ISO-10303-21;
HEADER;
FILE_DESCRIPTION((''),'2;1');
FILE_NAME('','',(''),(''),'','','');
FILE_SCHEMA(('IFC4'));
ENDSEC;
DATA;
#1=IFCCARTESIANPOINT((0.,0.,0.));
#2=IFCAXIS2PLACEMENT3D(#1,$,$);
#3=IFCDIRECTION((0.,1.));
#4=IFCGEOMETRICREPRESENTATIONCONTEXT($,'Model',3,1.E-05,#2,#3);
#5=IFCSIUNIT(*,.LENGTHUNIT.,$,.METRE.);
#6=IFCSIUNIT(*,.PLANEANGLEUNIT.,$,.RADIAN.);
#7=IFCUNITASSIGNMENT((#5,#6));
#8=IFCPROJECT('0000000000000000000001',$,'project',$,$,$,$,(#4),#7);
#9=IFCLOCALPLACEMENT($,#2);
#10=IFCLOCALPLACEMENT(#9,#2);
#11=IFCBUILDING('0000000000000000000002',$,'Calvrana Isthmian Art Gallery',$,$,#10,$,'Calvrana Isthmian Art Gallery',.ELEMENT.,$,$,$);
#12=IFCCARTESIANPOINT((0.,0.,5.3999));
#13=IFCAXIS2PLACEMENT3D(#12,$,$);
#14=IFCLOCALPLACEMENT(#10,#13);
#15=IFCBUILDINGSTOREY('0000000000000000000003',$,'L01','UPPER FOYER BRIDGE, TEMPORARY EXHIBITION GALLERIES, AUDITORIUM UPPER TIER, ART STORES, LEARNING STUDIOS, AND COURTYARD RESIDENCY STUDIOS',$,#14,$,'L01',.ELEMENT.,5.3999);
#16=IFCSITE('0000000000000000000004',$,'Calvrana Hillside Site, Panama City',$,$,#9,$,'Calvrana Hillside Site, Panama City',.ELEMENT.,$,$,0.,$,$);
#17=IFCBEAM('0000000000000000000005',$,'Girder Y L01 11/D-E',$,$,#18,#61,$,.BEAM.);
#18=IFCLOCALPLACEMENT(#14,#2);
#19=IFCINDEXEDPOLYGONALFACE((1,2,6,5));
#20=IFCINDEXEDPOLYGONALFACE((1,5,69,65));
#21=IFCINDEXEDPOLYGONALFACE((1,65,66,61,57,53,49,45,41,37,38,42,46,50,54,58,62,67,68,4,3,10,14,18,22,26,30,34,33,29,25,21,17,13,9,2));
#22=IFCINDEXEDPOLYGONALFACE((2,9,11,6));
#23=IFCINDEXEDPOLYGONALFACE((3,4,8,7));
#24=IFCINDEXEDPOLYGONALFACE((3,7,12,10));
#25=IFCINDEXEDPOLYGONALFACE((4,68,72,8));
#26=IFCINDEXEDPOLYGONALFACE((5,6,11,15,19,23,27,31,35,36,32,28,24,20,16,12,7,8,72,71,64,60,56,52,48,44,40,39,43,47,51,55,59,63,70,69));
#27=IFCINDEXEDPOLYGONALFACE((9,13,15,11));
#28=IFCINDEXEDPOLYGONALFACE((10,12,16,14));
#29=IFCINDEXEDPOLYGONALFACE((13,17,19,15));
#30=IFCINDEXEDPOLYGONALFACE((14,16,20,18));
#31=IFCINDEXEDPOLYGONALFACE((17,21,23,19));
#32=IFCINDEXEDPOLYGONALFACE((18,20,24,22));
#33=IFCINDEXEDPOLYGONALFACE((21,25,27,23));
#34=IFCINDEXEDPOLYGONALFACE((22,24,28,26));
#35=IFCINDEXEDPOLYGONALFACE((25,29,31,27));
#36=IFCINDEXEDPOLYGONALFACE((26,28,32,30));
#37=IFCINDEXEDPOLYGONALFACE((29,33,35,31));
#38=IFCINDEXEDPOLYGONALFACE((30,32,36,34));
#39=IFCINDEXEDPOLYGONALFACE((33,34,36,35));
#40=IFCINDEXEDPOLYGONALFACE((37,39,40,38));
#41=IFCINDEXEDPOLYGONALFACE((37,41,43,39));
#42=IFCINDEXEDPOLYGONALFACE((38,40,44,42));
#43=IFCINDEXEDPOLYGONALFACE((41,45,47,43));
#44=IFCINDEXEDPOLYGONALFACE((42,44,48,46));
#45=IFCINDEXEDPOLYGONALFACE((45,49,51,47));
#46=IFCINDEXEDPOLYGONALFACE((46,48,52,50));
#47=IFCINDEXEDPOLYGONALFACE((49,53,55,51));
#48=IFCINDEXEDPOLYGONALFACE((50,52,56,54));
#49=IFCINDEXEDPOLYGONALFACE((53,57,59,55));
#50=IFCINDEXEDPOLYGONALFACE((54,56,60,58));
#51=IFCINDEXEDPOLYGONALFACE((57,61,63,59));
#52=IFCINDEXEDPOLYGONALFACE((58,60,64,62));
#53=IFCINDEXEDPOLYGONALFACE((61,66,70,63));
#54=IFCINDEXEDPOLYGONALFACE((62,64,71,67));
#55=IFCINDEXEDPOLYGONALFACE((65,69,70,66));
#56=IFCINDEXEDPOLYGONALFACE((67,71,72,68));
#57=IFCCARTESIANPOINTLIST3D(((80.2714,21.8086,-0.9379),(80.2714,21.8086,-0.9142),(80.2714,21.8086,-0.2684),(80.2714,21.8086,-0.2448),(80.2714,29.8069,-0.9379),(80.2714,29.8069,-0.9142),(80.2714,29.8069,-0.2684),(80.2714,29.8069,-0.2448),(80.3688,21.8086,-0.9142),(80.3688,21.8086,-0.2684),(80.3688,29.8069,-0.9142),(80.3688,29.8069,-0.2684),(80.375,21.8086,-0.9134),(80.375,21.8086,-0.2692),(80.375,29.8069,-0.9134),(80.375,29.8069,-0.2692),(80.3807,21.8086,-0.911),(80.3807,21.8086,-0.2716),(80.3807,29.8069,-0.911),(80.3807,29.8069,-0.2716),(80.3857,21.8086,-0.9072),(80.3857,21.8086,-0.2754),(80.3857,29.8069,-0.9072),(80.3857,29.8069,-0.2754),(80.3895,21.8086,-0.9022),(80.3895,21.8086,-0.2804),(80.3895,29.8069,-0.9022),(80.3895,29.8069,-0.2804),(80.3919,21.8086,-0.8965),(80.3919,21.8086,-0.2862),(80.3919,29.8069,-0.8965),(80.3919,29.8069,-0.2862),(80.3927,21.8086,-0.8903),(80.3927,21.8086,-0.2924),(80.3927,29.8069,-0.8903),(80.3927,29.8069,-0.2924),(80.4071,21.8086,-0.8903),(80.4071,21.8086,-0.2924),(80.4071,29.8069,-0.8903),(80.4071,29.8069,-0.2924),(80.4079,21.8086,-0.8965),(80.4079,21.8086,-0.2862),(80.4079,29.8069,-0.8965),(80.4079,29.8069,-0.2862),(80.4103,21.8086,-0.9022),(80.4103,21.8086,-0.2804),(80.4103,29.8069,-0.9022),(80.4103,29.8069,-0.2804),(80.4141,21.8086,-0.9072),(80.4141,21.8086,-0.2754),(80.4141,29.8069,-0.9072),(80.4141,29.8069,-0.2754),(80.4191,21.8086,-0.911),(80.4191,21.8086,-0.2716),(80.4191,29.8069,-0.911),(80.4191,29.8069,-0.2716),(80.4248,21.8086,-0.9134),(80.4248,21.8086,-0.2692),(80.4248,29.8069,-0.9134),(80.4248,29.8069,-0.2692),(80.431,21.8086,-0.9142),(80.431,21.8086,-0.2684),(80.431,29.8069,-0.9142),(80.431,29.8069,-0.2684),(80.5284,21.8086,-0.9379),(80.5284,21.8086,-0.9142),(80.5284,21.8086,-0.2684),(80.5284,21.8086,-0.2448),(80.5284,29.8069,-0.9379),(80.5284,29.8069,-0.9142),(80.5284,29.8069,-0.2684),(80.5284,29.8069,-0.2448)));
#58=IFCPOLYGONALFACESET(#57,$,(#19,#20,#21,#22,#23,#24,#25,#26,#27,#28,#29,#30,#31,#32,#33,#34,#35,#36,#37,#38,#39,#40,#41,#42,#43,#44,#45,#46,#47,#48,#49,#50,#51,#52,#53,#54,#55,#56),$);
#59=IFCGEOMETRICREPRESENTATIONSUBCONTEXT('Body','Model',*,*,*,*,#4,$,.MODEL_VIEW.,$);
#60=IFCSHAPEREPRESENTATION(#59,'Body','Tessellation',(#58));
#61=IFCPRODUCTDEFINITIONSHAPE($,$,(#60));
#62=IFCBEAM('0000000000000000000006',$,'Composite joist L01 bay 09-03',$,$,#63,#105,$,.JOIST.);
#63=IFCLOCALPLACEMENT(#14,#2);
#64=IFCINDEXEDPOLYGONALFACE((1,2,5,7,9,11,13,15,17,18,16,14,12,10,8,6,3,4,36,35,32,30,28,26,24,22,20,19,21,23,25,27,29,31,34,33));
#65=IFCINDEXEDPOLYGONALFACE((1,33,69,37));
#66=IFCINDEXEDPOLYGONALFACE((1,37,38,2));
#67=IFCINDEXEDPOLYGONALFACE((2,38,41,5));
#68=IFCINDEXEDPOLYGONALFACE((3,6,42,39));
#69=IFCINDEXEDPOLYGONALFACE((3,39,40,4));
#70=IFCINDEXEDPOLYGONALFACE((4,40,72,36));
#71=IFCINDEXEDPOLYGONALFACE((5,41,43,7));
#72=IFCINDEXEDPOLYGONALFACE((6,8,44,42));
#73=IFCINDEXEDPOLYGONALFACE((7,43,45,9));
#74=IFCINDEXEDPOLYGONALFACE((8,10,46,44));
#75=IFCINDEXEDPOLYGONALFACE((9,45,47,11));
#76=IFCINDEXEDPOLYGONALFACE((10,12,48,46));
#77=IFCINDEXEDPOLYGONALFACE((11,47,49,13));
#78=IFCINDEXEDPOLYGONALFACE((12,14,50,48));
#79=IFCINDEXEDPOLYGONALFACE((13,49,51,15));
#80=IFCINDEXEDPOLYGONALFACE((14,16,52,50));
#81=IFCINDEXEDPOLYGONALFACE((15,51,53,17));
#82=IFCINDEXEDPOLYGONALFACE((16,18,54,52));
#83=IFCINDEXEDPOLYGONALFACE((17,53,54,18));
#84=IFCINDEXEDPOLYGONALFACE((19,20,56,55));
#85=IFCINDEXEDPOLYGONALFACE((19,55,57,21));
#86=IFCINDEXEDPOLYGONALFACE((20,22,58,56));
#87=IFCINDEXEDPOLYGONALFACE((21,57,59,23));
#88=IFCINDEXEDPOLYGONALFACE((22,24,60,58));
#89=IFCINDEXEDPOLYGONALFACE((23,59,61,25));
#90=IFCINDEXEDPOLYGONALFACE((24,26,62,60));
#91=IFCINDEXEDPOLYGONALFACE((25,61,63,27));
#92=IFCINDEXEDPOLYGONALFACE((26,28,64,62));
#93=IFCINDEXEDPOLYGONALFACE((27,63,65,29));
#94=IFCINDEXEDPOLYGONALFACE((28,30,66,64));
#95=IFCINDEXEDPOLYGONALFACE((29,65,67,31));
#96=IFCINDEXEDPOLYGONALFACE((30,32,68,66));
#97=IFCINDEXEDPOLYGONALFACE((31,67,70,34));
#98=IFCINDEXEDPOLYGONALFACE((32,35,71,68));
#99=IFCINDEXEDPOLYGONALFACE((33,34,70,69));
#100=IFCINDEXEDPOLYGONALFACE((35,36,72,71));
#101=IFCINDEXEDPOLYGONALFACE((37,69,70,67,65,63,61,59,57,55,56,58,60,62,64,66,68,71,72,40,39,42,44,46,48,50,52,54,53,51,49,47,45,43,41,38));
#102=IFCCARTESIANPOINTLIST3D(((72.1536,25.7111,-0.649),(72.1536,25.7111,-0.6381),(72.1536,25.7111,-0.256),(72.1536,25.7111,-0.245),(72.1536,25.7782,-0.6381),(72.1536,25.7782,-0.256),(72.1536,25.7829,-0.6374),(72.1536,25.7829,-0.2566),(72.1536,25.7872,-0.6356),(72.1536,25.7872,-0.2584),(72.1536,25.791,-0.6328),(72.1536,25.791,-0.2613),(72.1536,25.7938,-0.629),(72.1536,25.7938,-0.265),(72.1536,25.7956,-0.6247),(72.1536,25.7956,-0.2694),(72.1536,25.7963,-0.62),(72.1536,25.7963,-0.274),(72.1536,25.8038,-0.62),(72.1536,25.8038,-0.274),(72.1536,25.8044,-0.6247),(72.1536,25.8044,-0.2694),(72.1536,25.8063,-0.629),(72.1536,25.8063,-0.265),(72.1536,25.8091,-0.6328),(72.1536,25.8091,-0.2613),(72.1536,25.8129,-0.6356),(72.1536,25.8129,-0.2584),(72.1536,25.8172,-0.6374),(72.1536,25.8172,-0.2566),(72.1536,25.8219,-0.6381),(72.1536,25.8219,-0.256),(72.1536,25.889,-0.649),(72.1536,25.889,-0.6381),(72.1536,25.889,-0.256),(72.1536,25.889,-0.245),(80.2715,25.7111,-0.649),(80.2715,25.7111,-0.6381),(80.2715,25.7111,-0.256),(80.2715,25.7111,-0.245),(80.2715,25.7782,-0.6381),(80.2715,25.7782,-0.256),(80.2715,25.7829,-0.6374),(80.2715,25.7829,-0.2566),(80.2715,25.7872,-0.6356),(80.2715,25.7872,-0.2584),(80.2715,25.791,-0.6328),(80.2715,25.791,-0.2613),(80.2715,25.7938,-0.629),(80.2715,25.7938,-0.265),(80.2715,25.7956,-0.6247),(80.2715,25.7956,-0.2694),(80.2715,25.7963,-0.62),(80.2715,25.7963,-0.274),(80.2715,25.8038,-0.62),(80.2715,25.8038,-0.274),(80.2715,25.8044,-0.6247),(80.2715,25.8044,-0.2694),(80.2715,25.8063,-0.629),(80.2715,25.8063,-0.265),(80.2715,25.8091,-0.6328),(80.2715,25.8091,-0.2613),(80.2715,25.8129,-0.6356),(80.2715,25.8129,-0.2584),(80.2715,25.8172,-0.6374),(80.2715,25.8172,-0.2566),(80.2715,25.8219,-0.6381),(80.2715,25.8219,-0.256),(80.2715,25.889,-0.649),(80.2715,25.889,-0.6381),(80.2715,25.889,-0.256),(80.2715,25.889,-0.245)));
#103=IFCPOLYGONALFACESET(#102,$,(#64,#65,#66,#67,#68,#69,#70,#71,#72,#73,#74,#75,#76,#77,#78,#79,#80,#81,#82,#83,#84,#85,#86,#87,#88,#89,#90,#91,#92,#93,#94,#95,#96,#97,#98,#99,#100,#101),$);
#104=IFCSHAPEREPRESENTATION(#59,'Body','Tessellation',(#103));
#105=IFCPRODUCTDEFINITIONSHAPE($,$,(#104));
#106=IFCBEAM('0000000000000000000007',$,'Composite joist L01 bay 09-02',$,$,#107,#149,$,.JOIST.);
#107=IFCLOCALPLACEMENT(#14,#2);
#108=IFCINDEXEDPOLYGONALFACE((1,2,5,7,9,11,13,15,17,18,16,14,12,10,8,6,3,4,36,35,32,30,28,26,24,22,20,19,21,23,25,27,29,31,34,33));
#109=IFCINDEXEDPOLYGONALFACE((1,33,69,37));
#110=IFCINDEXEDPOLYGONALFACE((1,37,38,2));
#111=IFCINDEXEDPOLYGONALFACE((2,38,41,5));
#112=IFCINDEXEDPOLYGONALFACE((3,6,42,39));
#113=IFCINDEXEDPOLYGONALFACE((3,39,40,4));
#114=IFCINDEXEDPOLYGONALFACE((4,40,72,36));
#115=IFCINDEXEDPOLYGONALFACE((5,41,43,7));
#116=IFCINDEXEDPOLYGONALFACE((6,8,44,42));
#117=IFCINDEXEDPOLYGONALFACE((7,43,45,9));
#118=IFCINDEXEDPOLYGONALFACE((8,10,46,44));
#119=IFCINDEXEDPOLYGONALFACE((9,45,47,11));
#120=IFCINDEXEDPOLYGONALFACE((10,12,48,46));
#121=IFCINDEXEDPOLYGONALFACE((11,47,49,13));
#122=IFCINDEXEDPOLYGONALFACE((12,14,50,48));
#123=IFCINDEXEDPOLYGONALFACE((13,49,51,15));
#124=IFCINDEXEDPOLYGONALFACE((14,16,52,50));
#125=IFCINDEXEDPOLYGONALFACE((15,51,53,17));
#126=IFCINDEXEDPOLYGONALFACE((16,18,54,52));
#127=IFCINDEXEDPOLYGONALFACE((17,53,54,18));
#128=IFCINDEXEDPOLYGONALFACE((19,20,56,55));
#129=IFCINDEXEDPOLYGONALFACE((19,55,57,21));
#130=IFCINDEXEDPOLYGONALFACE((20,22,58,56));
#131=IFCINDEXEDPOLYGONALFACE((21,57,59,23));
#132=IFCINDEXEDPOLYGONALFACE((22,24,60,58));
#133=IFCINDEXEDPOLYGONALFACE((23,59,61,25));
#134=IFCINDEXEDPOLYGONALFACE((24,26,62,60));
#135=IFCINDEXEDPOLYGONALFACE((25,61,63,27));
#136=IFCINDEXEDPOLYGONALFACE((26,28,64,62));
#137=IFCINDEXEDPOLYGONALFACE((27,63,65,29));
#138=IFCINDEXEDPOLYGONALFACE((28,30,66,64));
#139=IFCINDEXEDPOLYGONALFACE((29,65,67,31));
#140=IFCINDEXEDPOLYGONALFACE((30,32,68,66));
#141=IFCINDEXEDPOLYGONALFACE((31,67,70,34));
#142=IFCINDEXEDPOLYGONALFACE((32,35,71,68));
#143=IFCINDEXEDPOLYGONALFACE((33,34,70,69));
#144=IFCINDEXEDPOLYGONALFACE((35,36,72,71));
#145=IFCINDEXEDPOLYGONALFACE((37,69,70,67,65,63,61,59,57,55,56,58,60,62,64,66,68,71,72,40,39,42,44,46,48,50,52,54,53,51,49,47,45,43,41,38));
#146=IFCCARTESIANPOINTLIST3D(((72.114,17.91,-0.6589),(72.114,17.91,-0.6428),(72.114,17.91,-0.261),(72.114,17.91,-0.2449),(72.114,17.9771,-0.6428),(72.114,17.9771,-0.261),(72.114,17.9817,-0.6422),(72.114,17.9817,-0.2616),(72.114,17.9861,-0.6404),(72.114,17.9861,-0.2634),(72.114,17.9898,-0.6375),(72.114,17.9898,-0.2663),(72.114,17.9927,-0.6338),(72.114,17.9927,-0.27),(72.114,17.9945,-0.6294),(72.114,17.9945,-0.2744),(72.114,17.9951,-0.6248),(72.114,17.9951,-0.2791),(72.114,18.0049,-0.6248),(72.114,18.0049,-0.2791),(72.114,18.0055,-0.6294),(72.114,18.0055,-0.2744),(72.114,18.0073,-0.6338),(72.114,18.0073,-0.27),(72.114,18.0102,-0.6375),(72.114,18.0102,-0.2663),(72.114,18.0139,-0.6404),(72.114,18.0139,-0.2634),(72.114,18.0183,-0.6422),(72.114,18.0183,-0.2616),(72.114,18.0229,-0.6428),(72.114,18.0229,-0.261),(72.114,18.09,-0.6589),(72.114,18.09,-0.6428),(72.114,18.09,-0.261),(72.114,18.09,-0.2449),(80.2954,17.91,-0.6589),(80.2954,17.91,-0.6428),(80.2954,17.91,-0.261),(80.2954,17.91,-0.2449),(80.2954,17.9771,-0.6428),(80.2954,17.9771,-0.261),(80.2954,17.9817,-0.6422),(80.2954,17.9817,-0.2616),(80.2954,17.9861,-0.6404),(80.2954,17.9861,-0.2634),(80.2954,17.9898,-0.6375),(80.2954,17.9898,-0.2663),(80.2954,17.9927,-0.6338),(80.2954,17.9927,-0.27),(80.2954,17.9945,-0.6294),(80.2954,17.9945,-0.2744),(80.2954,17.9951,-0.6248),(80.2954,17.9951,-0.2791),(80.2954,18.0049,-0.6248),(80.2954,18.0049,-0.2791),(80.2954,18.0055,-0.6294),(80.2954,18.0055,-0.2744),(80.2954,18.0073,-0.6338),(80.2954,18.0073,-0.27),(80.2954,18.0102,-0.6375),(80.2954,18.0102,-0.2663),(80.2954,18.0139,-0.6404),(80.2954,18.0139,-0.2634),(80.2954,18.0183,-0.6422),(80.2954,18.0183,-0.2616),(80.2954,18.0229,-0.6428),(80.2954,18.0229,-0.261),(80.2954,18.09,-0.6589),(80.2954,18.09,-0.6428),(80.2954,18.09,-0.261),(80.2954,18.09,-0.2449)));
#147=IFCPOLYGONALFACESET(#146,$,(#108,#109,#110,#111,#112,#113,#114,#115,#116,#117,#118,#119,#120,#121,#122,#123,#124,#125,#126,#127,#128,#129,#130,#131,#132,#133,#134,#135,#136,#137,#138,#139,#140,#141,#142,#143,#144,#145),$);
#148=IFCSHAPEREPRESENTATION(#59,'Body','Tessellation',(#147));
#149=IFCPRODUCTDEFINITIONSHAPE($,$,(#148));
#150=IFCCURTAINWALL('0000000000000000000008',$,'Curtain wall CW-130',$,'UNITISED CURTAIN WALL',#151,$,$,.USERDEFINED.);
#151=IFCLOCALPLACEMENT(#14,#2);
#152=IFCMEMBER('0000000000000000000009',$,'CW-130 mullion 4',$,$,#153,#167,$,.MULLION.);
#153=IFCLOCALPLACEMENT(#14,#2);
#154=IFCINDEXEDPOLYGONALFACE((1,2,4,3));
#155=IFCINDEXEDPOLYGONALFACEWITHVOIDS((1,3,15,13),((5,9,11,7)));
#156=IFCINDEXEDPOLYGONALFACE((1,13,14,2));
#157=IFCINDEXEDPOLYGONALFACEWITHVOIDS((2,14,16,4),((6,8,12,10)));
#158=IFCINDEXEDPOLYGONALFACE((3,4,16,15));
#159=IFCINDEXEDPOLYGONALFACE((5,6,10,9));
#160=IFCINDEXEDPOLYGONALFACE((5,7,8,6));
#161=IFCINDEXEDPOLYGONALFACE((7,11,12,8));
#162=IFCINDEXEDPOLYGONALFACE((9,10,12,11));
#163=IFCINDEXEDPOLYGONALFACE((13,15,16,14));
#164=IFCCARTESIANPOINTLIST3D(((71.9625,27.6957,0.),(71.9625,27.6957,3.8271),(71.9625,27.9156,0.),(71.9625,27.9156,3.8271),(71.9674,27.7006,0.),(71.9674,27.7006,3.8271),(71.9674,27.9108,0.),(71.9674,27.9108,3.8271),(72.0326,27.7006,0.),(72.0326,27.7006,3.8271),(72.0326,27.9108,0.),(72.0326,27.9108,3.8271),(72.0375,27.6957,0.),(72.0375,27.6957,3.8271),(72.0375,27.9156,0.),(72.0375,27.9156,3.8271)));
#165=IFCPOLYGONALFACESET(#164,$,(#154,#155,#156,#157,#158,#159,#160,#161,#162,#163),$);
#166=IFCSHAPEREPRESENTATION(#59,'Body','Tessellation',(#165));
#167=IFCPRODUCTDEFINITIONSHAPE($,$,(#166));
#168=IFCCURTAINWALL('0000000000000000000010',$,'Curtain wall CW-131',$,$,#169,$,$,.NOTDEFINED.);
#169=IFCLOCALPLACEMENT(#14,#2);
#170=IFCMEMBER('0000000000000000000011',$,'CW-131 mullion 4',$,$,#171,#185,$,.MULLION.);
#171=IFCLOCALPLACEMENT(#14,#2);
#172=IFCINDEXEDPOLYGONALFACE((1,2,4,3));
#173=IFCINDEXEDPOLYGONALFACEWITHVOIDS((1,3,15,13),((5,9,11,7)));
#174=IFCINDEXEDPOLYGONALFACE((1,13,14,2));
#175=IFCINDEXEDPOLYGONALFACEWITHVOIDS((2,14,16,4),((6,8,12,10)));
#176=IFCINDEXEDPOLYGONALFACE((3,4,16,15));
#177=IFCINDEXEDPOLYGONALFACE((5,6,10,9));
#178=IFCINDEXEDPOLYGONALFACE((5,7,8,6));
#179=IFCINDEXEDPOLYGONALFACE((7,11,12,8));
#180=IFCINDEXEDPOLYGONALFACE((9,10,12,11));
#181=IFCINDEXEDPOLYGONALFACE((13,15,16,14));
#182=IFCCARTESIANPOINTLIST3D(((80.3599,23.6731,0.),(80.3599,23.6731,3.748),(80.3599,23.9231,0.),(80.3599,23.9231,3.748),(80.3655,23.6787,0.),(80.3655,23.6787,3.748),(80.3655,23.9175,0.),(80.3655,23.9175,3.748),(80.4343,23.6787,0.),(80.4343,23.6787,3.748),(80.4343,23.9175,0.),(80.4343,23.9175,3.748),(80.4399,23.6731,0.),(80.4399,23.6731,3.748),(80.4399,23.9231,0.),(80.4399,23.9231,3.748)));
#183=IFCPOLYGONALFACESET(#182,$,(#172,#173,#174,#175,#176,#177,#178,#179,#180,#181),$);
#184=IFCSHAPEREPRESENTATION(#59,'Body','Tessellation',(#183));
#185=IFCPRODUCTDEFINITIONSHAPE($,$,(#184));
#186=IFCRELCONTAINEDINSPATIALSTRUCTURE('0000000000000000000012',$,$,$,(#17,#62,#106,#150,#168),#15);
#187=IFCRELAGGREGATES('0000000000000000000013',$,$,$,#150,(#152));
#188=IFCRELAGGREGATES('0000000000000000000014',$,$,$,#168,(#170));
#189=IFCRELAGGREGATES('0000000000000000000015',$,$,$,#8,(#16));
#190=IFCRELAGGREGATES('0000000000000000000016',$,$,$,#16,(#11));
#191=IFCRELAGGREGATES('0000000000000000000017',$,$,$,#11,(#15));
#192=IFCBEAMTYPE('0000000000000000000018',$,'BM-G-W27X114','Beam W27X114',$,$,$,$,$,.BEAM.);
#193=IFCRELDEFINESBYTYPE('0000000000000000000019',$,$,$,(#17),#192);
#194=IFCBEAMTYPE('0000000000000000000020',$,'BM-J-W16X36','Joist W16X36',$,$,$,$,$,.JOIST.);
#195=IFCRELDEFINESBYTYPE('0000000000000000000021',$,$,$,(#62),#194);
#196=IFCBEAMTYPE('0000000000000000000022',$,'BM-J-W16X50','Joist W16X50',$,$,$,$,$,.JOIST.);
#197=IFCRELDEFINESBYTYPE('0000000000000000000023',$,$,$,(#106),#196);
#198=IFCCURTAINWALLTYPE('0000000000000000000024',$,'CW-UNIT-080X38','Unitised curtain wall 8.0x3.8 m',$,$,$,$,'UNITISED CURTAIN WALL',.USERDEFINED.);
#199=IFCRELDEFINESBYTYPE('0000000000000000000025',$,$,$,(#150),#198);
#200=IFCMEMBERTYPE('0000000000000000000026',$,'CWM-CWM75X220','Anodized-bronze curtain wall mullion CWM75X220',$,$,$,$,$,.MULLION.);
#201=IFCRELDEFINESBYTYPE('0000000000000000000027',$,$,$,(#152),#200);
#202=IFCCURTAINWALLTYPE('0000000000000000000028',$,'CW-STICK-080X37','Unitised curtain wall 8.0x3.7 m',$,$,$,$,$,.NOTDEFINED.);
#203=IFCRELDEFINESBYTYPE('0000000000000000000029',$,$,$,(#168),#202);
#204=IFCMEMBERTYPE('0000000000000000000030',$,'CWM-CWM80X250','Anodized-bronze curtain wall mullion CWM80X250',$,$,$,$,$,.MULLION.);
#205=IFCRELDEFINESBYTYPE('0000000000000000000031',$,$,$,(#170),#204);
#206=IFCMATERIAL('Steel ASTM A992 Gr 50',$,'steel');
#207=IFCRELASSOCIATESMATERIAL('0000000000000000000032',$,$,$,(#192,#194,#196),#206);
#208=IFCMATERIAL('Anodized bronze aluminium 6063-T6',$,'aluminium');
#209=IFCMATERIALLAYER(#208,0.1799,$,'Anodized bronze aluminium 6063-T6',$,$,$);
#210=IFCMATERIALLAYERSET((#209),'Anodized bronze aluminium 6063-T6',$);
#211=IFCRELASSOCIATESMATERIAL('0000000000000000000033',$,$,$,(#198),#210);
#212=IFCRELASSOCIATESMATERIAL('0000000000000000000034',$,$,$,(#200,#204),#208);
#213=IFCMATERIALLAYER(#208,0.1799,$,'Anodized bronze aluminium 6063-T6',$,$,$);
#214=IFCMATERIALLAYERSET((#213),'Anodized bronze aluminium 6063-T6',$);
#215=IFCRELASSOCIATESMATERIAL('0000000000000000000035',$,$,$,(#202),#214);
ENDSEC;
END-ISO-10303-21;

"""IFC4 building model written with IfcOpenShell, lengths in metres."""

from ifc_helpers import new_model, si_unit, direction, frame, origin, origin_2d, place, context, subcontext, project, spatial, hollow_rectangle, i_section, extrude, material, layer, layer_set, material_profile, profile_set, type_object, element, aggregate, save


model = new_model("IFC4")

# Units and contexts
model_context = context("Model", 3, precision=1e-05, world=origin(), true_north=direction((0.0, 1.0)))
body_context = subcontext(model_context, "Body", "Model", "MODEL_VIEW")
ifc_project = project(units=[si_unit("LENGTHUNIT", "METRE"), si_unit("PLANEANGLEUNIT", "RADIAN")], contexts=[model_context])

# Site, building, storey
site_placement = place(None, origin())
site = spatial("IfcSite", under=ifc_project, at=site_placement, Name="Calvrana Hillside Site, Panama City", LongName="Calvrana Hillside Site, Panama City", CompositionType="ELEMENT", RefElevation=0.0)
building_placement = place(site_placement, origin())
building = spatial("IfcBuilding", under=site, at=building_placement, Name="Calvrana Isthmian Art Gallery", LongName="Calvrana Isthmian Art Gallery", CompositionType="ELEMENT")
storey_placement = place(building_placement, frame((0.0, 0.0, 5.3999)))
storey = spatial("IfcBuildingStorey", under=building, at=storey_placement, Name="L01", Description="UPPER FOYER BRIDGE, TEMPORARY EXHIBITION GALLERIES, AUDITORIUM UPPER TIER, ART STORES, LEARNING STUDIOS, AND COURTYARD RESIDENCY STUDIOS", LongName="L01", CompositionType="ELEMENT", Elevation=5.3999)

# Shared definitions
ifc_material_1 = material(Name="Steel ASTM A992 Gr 50", Category="steel")

# Beams
ifc_material_profile_1 = material_profile(ifc_material_1, i_section(OverallWidth=0.2571, OverallDepth=0.6931, WebThickness=0.0144, FlangeThickness=0.0237, FilletRadius=0.0239, at=origin_2d()), Name="W27X114")
ifc_profile_set_1 = profile_set([ifc_material_profile_1], Name="Steel ASTM A992 Gr 50")
beam_type_1 = type_object("IfcBeamType", Name="BM-G-W27X114", Description="Beam W27X114", PredefinedType="BEAM", material=ifc_profile_set_1)
beam_1_placement = place(storey_placement, frame((80.3999, 21.8086, -0.5913), z_axis=(0.0, 1.0, 0.0), x_axis=(-1.0, 0.0, 0.0)))
element("IfcBeam", 1, at=beam_1_placement, inside=storey, type_object=beam_type_1, Name="Girder Y L01 11/D-E", PredefinedType="BEAM", context=body_context, shape_type="SweptSolid", body=[
    extrude(i_section(OverallWidth=0.2571, OverallDepth=0.6931, WebThickness=0.0144, FlangeThickness=0.0237, FilletRadius=0.0239, at=origin_2d()), origin(), (0.0, 0.0, 1.0), 7.9983),
])
ifc_material_profile_2 = material_profile(ifc_material_1, i_section(OverallWidth=0.178, OverallDepth=0.4041, WebThickness=0.0076, FlangeThickness=0.011, FilletRadius=0.0181, at=origin_2d()), Name="W16X36")
ifc_profile_set_2 = profile_set([ifc_material_profile_2], Name="Steel ASTM A992 Gr 50")
beam_type_2 = type_object("IfcBeamType", Name="BM-J-W16X36", Description="Joist W16X36", PredefinedType="JOIST", material=ifc_profile_set_2)
beam_2_placement = place(storey_placement, frame((72.1536, 25.8, -0.447), z_axis=(1.0, 0.0, 0.0), x_axis=(0.0, 1.0, 0.0)))
element("IfcBeam", 2, at=beam_2_placement, inside=storey, type_object=beam_type_2, Name="Composite joist L01 bay 09-03", PredefinedType="JOIST", context=body_context, shape_type="SweptSolid", body=[
    extrude(i_section(OverallWidth=0.178, OverallDepth=0.4041, WebThickness=0.0076, FlangeThickness=0.011, FilletRadius=0.0181, at=origin_2d()), origin(), (0.0, 0.0, 1.0), 8.1179),
])
ifc_material_profile_3 = material_profile(ifc_material_1, i_section(OverallWidth=0.1799, OverallDepth=0.4141, WebThickness=0.0098, FlangeThickness=0.0161, FilletRadius=0.0181, at=origin_2d()), Name="W16X50")
ifc_profile_set_3 = profile_set([ifc_material_profile_3], Name="Steel ASTM A992 Gr 50")
beam_type_3 = type_object("IfcBeamType", Name="BM-J-W16X50", Description="Joist W16X50", PredefinedType="JOIST", material=ifc_profile_set_3)
beam_3_placement = place(storey_placement, frame((72.114, 18.0, -0.4519), z_axis=(1.0, 0.0, 0.0), x_axis=(0.0, 1.0, 0.0)))
element("IfcBeam", 3, at=beam_3_placement, inside=storey, type_object=beam_type_3, Name="Composite joist L01 bay 09-02", PredefinedType="JOIST", context=body_context, shape_type="SweptSolid", body=[
    extrude(i_section(OverallWidth=0.1799, OverallDepth=0.4141, WebThickness=0.0098, FlangeThickness=0.0161, FilletRadius=0.0181, at=origin_2d()), origin(), (0.0, 0.0, 1.0), 8.1814),
])

# Curtain wall, member
ifc_material_2 = material(Name="Anodized bronze aluminium 6063-T6", Category="aluminium")
ifc_layer_1 = layer(ifc_material_2, 0.1799, Name="Anodized bronze aluminium 6063-T6")
ifc_layer_set_1 = layer_set([ifc_layer_1], Name="Anodized bronze aluminium 6063-T6")
curtain_wall_type_1 = type_object("IfcCurtainWallType", Name="CW-UNIT-080X38", Description="Unitised curtain wall 8.0x3.8 m", ElementType="UNITISED CURTAIN WALL", PredefinedType="USERDEFINED", material=ifc_layer_set_1)
curtain_wall_1_placement = place(storey_placement, origin())
curtain_wall_1 = element("IfcCurtainWall", 4, at=curtain_wall_1_placement, inside=storey, type_object=curtain_wall_type_1, Name="Curtain wall CW-130", ObjectType="UNITISED CURTAIN WALL", PredefinedType="USERDEFINED")
ifc_material_profile_4 = material_profile(ifc_material_2, hollow_rectangle(XDim=0.075, YDim=0.22, WallThickness=0.0049, at=origin_2d()), Name="CWM75X220")
ifc_profile_set_4 = profile_set([ifc_material_profile_4], Name="Anodized bronze aluminium 6063-T6")
member_type_1 = type_object("IfcMemberType", Name="CWM-CWM75X220", Description="Anodized-bronze curtain wall mullion CWM75X220", PredefinedType="MULLION", material=ifc_profile_set_4)
member_1_placement = place(storey_placement, frame((72.0, 27.8057, 0.0), z_axis=(0.0, 0.0, 1.0), x_axis=(-1.0, 0.0, 0.0)))
member_1 = element("IfcMember", 5, at=member_1_placement, type_object=member_type_1, Name="CW-130 mullion 4", PredefinedType="MULLION", context=body_context, shape_type="SweptSolid", body=[
    extrude(hollow_rectangle(XDim=0.075, YDim=0.22, WallThickness=0.0049, at=origin_2d()), origin(), (0.0, 0.0, 1.0), 3.8271),
])

# Curtain wall, member
ifc_layer_2 = layer(ifc_material_2, 0.1799, Name="Anodized bronze aluminium 6063-T6")
ifc_layer_set_2 = layer_set([ifc_layer_2], Name="Anodized bronze aluminium 6063-T6")
curtain_wall_type_2 = type_object("IfcCurtainWallType", Name="CW-STICK-080X37", Description="Unitised curtain wall 8.0x3.7 m", PredefinedType="NOTDEFINED", material=ifc_layer_set_2)
curtain_wall_2_placement = place(storey_placement, origin())
curtain_wall_2 = element("IfcCurtainWall", 6, at=curtain_wall_2_placement, inside=storey, type_object=curtain_wall_type_2, Name="Curtain wall CW-131", PredefinedType="NOTDEFINED")
ifc_material_profile_5 = material_profile(ifc_material_2, hollow_rectangle(XDim=0.0801, YDim=0.25, WallThickness=0.0056, at=origin_2d()), Name="CWM80X250")
ifc_profile_set_5 = profile_set([ifc_material_profile_5], Name="Anodized bronze aluminium 6063-T6")
member_type_2 = type_object("IfcMemberType", Name="CWM-CWM80X250", Description="Anodized-bronze curtain wall mullion CWM80X250", PredefinedType="MULLION", material=ifc_profile_set_5)
member_2_placement = place(storey_placement, frame((80.3999, 23.7981, 0.0), z_axis=(0.0, 0.0, 1.0), x_axis=(1.0, 0.0, 0.0)))
member_2 = element("IfcMember", 7, at=member_2_placement, type_object=member_type_2, Name="CW-131 mullion 4", PredefinedType="MULLION", context=body_context, shape_type="SweptSolid", body=[
    extrude(hollow_rectangle(XDim=0.0801, YDim=0.25, WallThickness=0.0056, at=origin_2d()), origin(), (0.0, 0.0, 1.0), 3.748),
])

aggregate(curtain_wall_1, [member_1])
aggregate(curtain_wall_2, [member_2])

save(model, "model.ifc")
